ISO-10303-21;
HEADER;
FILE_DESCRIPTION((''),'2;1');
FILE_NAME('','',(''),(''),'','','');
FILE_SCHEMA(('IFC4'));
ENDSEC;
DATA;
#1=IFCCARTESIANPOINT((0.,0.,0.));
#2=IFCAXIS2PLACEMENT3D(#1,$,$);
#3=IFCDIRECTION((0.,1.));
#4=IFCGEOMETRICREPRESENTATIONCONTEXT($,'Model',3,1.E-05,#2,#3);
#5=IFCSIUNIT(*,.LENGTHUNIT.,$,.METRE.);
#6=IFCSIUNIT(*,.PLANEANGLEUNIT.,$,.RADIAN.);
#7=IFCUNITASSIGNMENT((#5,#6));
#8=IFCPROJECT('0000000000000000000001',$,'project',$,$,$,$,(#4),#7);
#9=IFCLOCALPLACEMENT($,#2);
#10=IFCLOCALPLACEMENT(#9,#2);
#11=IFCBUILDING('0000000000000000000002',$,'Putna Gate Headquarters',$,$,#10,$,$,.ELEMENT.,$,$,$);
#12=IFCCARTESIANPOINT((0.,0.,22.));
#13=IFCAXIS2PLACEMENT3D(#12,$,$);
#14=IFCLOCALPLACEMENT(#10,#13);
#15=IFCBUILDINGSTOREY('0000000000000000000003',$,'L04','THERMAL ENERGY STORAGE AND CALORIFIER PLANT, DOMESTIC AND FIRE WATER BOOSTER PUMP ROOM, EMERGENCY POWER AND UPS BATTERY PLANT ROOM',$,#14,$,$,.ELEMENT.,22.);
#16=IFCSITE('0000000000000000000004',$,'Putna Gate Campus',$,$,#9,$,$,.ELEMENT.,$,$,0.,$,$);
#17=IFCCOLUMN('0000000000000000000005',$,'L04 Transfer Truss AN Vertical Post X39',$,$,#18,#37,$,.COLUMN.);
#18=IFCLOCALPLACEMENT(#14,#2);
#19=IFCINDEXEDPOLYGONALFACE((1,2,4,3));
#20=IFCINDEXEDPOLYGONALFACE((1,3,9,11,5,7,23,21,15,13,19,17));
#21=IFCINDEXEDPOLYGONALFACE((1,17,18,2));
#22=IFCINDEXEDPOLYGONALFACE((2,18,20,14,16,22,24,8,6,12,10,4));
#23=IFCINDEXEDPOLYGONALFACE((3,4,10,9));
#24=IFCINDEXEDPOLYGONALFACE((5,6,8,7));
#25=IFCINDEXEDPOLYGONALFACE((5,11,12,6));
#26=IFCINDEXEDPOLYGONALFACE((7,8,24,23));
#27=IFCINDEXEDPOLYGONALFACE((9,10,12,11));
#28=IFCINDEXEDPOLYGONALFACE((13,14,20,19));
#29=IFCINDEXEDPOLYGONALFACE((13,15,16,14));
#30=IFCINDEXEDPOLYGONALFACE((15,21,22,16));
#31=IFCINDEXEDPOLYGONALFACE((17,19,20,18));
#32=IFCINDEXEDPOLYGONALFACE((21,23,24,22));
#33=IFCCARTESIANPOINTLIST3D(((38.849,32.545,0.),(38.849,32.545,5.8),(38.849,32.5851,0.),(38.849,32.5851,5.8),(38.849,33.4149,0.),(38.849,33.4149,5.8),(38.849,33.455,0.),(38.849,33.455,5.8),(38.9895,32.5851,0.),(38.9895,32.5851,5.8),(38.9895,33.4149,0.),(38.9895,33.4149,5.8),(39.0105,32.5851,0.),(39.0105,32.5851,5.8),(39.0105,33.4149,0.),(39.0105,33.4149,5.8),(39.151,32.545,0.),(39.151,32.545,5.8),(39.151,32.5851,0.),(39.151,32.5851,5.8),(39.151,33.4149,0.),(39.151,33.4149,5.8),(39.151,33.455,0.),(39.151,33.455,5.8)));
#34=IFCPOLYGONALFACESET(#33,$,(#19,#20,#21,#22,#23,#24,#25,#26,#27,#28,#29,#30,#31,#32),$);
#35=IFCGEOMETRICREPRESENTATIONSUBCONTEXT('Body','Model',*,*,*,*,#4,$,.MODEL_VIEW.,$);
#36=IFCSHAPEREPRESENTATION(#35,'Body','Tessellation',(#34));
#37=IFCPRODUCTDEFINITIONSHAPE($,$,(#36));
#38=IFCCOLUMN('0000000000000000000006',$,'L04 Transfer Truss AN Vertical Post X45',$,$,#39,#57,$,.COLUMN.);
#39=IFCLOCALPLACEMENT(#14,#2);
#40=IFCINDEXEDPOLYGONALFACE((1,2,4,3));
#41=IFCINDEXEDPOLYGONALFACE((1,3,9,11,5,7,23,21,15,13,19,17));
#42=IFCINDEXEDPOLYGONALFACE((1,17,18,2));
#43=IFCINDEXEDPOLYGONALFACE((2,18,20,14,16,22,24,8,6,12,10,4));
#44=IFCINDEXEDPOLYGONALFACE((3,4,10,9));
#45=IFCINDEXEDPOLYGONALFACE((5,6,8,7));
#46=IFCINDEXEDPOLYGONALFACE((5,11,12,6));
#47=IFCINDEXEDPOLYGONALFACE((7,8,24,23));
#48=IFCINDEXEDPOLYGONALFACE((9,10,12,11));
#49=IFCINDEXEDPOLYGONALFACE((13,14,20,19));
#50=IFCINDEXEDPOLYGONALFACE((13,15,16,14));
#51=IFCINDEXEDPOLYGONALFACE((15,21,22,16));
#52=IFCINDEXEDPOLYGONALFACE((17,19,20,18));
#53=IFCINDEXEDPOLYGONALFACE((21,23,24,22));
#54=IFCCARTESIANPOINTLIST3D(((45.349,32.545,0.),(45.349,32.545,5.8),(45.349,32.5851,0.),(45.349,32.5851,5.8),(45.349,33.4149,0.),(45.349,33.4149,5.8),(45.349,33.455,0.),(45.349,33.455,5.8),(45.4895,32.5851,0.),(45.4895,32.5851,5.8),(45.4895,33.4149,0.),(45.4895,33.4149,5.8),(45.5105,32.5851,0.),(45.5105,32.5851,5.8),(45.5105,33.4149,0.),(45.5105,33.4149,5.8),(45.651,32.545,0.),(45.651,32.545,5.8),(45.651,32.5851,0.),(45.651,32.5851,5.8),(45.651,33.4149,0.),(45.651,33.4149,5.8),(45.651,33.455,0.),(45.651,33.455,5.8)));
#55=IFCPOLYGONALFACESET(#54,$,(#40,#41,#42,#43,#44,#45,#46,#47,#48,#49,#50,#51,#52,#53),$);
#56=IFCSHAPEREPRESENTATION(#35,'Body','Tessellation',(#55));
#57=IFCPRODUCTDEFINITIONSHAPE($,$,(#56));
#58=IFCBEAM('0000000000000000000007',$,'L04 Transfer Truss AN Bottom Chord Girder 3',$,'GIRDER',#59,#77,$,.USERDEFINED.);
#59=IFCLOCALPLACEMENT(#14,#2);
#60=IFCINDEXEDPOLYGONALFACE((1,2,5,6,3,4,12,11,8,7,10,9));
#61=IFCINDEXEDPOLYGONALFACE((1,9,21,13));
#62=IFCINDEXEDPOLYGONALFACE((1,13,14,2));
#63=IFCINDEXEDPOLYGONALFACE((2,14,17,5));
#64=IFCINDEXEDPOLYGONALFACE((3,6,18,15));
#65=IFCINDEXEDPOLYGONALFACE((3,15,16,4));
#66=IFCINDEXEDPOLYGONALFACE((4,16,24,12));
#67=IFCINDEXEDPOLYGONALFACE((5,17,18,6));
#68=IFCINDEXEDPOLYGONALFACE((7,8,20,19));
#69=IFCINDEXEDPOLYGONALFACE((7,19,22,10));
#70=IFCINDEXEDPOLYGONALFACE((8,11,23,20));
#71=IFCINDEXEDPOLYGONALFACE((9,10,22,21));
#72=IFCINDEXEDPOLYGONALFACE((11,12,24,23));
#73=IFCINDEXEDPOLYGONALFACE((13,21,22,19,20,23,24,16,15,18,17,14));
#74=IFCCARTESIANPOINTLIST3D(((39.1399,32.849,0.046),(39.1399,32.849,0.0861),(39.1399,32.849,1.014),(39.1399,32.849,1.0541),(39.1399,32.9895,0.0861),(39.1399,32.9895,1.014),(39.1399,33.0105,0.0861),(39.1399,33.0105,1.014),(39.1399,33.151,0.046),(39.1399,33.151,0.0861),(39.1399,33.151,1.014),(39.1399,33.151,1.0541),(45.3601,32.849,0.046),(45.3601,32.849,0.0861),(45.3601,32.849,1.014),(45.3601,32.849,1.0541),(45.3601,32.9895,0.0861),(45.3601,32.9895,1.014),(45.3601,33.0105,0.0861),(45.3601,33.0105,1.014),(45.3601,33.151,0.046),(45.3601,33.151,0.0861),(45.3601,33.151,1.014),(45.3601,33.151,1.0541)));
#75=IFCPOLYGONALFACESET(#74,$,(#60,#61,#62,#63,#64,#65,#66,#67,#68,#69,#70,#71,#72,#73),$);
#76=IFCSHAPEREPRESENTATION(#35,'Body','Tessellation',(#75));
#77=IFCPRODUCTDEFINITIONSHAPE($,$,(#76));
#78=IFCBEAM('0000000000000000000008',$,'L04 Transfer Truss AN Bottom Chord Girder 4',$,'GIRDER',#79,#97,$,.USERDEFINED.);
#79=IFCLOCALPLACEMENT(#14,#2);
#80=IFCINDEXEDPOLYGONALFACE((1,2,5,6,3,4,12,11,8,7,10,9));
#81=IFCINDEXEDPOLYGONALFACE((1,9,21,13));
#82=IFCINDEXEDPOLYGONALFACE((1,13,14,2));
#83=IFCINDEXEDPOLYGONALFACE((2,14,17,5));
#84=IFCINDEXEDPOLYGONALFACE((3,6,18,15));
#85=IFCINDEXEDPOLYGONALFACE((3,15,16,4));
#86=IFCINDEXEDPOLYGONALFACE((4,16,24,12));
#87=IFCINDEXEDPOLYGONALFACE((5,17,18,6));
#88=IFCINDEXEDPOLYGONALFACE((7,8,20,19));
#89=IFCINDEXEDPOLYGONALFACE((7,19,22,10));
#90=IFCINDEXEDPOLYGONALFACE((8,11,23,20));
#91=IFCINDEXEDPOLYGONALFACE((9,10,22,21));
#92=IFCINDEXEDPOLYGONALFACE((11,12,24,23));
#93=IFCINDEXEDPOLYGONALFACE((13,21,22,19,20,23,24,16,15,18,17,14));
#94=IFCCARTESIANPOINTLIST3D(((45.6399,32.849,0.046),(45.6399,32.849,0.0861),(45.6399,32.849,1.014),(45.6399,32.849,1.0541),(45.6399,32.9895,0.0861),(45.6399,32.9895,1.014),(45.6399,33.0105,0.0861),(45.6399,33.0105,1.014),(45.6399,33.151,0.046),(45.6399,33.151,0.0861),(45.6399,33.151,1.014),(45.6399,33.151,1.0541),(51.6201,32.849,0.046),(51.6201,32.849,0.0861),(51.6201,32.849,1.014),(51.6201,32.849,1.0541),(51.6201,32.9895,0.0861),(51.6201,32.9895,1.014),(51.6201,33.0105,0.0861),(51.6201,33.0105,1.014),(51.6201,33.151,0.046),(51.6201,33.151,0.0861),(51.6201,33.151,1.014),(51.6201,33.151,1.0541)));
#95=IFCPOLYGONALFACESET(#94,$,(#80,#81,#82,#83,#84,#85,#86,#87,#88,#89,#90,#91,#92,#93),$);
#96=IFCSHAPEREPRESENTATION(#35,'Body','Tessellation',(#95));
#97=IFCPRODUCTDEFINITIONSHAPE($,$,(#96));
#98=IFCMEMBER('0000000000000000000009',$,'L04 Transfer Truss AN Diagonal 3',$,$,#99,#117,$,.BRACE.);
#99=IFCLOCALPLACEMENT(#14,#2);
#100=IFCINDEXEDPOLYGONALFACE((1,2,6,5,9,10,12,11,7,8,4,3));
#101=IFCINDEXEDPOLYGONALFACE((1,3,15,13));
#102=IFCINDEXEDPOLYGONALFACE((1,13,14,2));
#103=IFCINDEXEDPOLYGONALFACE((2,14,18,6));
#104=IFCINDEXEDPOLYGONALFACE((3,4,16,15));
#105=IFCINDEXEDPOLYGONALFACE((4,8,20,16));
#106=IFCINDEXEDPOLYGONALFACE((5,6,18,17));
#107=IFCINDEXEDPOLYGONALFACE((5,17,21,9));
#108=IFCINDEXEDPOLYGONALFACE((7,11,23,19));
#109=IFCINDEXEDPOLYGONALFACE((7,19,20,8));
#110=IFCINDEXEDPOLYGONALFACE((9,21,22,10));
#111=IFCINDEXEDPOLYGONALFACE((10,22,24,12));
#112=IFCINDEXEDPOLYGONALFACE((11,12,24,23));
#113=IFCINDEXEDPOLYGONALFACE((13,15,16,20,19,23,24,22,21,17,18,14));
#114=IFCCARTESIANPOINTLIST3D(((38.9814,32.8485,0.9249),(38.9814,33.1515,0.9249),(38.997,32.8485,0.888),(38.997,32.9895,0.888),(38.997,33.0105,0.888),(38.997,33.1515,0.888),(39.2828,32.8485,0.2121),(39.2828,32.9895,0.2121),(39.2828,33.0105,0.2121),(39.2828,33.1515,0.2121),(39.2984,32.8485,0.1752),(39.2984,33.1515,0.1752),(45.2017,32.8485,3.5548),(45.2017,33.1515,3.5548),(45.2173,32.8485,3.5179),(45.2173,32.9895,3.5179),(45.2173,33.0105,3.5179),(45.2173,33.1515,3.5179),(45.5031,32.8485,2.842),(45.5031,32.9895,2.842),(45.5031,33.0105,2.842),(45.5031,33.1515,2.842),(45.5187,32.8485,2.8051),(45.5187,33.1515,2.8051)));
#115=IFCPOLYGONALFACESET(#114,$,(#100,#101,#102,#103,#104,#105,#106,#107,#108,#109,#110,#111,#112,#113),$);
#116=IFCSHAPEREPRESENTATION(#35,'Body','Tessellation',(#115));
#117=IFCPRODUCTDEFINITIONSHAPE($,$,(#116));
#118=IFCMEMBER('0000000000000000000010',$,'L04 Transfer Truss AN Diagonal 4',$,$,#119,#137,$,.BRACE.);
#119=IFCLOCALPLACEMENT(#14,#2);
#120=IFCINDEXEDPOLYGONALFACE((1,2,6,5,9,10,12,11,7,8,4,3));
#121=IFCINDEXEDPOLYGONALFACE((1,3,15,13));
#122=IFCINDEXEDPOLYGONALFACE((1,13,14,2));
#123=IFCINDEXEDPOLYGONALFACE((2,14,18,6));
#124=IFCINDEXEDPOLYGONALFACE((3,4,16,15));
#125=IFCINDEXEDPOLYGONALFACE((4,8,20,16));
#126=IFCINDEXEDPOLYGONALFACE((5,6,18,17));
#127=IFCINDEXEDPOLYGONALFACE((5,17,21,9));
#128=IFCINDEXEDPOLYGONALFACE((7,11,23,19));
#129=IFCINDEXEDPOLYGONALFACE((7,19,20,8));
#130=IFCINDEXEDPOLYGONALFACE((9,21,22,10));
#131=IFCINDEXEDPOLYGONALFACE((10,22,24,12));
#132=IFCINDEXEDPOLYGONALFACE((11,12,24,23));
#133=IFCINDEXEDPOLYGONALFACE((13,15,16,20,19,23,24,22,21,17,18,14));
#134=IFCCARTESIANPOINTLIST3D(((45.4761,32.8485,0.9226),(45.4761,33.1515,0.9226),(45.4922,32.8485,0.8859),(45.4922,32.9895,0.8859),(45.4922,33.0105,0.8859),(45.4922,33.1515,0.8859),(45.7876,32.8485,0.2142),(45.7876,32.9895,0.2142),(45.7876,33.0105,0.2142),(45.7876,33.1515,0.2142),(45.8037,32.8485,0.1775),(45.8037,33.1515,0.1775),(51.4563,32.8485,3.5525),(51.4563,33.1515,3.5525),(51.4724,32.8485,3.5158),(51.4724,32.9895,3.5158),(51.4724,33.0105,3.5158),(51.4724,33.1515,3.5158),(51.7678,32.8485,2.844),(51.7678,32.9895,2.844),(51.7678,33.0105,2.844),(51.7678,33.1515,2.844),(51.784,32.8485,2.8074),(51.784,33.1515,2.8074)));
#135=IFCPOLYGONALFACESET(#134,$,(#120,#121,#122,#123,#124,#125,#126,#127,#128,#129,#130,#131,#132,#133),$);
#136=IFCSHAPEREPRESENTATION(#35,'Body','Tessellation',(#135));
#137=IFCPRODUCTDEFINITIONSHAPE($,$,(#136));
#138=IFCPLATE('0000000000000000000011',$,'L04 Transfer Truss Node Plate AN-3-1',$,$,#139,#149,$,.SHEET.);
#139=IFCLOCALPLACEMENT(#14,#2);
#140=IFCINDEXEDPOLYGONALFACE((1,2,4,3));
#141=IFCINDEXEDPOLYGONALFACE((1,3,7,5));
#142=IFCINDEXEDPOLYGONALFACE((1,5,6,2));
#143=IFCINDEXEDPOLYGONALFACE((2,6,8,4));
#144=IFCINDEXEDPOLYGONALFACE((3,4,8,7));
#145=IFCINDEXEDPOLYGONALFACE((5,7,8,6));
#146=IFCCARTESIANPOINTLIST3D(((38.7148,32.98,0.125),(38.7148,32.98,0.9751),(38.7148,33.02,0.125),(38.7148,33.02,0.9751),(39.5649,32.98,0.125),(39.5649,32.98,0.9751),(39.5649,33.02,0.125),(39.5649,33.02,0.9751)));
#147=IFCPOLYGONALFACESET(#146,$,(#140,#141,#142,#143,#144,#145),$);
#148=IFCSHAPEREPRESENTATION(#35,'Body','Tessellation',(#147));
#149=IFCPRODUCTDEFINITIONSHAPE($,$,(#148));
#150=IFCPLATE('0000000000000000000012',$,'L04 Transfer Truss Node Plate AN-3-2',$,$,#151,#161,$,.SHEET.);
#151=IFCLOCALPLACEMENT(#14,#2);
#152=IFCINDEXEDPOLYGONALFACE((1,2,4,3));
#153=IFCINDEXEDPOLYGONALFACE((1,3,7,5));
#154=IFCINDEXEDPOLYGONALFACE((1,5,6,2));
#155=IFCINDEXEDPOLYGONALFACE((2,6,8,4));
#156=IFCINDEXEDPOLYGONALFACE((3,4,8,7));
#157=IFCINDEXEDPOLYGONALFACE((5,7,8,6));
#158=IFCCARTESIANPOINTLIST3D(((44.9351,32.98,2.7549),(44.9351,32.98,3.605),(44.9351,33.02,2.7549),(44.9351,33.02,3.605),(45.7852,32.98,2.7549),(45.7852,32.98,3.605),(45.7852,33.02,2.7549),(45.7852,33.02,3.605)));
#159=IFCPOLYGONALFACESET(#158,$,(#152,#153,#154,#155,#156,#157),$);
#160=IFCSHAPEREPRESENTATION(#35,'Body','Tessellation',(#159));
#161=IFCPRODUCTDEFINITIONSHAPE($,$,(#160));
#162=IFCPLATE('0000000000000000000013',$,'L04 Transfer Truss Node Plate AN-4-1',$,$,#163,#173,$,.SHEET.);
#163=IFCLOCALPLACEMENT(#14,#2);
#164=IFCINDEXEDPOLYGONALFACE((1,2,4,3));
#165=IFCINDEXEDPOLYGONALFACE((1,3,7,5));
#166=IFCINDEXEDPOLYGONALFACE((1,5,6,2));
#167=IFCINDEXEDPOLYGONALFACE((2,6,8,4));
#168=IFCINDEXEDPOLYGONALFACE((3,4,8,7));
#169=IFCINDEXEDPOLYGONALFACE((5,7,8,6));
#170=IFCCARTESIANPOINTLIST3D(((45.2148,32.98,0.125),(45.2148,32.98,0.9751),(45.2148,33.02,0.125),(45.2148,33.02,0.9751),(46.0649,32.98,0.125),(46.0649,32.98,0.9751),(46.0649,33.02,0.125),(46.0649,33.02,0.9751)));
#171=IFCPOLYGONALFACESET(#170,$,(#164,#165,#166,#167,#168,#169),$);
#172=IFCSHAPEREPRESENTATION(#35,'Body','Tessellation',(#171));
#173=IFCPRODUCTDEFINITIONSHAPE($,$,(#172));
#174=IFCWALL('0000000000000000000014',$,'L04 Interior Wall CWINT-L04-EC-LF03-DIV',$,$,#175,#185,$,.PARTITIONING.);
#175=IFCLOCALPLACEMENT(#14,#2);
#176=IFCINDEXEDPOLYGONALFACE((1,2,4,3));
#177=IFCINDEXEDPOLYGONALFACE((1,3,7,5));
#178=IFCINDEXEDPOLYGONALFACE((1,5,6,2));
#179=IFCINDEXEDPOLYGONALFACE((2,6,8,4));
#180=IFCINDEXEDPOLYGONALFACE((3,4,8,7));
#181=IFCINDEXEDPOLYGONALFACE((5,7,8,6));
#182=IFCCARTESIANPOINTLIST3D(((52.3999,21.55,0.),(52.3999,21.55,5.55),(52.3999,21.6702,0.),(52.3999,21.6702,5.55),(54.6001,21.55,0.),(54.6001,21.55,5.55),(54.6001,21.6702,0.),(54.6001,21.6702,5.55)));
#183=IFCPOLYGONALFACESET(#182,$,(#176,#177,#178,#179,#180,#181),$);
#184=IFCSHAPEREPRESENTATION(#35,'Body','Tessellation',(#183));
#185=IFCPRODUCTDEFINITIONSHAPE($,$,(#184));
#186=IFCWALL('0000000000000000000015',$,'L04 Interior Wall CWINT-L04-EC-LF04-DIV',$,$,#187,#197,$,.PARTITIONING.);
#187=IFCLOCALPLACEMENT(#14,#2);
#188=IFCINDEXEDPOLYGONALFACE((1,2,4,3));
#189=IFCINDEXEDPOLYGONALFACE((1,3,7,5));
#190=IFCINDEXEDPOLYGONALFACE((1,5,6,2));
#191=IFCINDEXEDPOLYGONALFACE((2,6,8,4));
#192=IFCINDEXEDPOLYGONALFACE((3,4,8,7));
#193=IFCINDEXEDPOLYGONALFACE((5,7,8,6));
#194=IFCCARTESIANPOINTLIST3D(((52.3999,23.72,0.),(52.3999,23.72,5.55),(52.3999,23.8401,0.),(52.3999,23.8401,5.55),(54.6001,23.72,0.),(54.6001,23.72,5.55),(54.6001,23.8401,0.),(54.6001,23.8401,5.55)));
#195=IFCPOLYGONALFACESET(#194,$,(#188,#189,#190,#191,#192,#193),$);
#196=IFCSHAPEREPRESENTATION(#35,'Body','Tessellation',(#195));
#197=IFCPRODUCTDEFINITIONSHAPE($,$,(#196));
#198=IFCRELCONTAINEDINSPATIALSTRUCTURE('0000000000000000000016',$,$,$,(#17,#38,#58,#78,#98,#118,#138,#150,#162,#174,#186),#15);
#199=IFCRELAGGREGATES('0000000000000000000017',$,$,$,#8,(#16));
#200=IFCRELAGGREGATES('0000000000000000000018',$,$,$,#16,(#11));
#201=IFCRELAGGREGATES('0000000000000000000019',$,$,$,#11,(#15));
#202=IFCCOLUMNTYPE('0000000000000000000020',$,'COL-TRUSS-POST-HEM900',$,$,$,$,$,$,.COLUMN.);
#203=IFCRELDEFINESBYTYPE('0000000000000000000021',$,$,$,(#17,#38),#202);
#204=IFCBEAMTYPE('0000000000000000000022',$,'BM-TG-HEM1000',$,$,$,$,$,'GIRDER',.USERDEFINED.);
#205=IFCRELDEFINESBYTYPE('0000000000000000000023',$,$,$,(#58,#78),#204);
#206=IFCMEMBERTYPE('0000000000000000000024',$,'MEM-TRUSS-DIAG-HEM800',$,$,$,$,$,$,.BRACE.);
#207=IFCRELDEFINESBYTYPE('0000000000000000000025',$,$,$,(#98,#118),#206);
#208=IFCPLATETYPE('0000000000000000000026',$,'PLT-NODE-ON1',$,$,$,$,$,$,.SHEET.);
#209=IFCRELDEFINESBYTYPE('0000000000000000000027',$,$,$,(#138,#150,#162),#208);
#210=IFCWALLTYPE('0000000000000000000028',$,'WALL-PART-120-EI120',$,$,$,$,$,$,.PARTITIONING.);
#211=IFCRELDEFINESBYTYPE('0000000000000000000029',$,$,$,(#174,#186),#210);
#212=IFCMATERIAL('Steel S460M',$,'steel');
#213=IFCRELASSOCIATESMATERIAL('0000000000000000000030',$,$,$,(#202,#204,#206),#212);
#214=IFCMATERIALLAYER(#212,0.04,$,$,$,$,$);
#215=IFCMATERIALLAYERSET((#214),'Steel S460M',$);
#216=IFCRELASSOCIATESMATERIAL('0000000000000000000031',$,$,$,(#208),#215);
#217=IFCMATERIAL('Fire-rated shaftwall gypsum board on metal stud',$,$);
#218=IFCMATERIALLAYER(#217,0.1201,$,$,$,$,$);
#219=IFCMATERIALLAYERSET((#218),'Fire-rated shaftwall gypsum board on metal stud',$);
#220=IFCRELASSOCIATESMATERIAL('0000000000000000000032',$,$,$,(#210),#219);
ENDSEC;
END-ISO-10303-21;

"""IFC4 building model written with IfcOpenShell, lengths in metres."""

from ifc_helpers import new_model, si_unit, direction, frame, frame_2d, origin, origin_2d, place, context, subcontext, project, spatial, rectangle, i_section, extrude, material, layer, layer_set, material_profile, profile_set, type_object, element, save


model = new_model("IFC4")

# Units and contexts
model_context = context("Model", 3, precision=1e-05, world=origin(), true_north=direction((0.0, 1.0)))
body_context = subcontext(model_context, "Body", "Model", "MODEL_VIEW")
ifc_project = project(units=[si_unit("LENGTHUNIT", "METRE"), si_unit("PLANEANGLEUNIT", "RADIAN")], contexts=[model_context])

# Site, building, storey
site_placement = place(None, origin())
site = spatial("IfcSite", under=ifc_project, at=site_placement, Name="Putna Gate Campus", CompositionType="ELEMENT", RefElevation=0.0)
building_placement = place(site_placement, origin())
building = spatial("IfcBuilding", under=site, at=building_placement, Name="Putna Gate Headquarters", CompositionType="ELEMENT")
storey_placement = place(building_placement, frame((0.0, 0.0, 22.0)))
storey = spatial("IfcBuildingStorey", under=building, at=storey_placement, Name="L04", Description="THERMAL ENERGY STORAGE AND CALORIFIER PLANT, DOMESTIC AND FIRE WATER BOOSTER PUMP ROOM, EMERGENCY POWER AND UPS BATTERY PLANT ROOM", CompositionType="ELEMENT", Elevation=22.0)

# Columns
ifc_material_1 = material(Name="Steel S460M", Category="steel")
ifc_material_profile_1 = material_profile(ifc_material_1, i_section(OverallWidth=0.302, OverallDepth=0.9099, WebThickness=0.021, FlangeThickness=0.04, at=origin_2d()), Name="Steel S460M")
ifc_profile_set_1 = profile_set([ifc_material_profile_1], Name="Steel S460M")
column_type = type_object("IfcColumnType", Name="COL-TRUSS-POST-HEM900", PredefinedType="COLUMN", material=ifc_profile_set_1)
for number, where, z_axis, x_axis, name in (
    (1, (39.0, 33.0, 0.0), (0.0, 0.0, 1.0), (1.0, 0.0, 0.0), "L04 Transfer Truss AN Vertical Post X39"),
    (2, (45.5, 33.0, 0.0), (0.0, 0.0, 1.0), (1.0, 0.0, 0.0), "L04 Transfer Truss AN Vertical Post X45"),
):
    element("IfcColumn", number, at=place(storey_placement, frame(where, z_axis=z_axis, x_axis=x_axis)), inside=storey, type_object=column_type, Name=name, PredefinedType="COLUMN", context=body_context, shape_type="SweptSolid", body=[
        extrude(i_section(OverallWidth=0.302, OverallDepth=0.9099, WebThickness=0.021, FlangeThickness=0.04, at=origin_2d()), origin(), (0.0, 0.0, 1.0), 5.8),
    ])

# Beams
ifc_material_profile_2 = material_profile(ifc_material_1, i_section(OverallWidth=0.302, OverallDepth=1.0081, WebThickness=0.021, FlangeThickness=0.04, at=origin_2d()), Name="Steel S460M")
ifc_profile_set_2 = profile_set([ifc_material_profile_2], Name="Steel S460M")
beam_type = type_object("IfcBeamType", Name="BM-TG-HEM1000", ElementType="GIRDER", PredefinedType="USERDEFINED", material=ifc_profile_set_2)
beam_1_placement = place(storey_placement, frame((39.1399, 33.0, 0.55), z_axis=(1.0, 0.0, 0.0), x_axis=(0.0, 1.0, 0.0)))
element("IfcBeam", 3, at=beam_1_placement, inside=storey, type_object=beam_type, Name="L04 Transfer Truss AN Bottom Chord Girder 3", ObjectType="GIRDER", PredefinedType="USERDEFINED", context=body_context, shape_type="SweptSolid", body=[
    extrude(i_section(OverallWidth=0.302, OverallDepth=1.0081, WebThickness=0.021, FlangeThickness=0.04, at=origin_2d()), origin(), (0.0, 0.0, 1.0), 6.2202),
])
beam_2_placement = place(storey_placement, frame((45.6399, 33.0, 0.55), z_axis=(1.0, 0.0, 0.0), x_axis=(0.0, 1.0, 0.0)))
element("IfcBeam", 4, at=beam_2_placement, inside=storey, type_object=beam_type, Name="L04 Transfer Truss AN Bottom Chord Girder 4", ObjectType="GIRDER", PredefinedType="USERDEFINED", context=body_context, shape_type="SweptSolid", body=[
    extrude(i_section(OverallWidth=0.302, OverallDepth=1.0081, WebThickness=0.021, FlangeThickness=0.04, at=origin_2d()), origin(), (0.0, 0.0, 1.0), 5.9802),
])

# Members
ifc_material_profile_3 = material_profile(ifc_material_1, i_section(OverallWidth=0.303, OverallDepth=0.814, WebThickness=0.021, FlangeThickness=0.04, at=origin_2d()), Name="Steel S460M")
ifc_profile_set_3 = profile_set([ifc_material_profile_3], Name="Steel S460M")
member_type = type_object("IfcMemberType", Name="MEM-TRUSS-DIAG-HEM800", PredefinedType="BRACE", material=ifc_profile_set_3)
member_1_placement = place(storey_placement, frame((39.1399, 33.0, 0.55), z_axis=(0.92106, 0.0, 0.389421), x_axis=(0.0, 1.0, 0.0)))
element("IfcMember", 5, at=member_1_placement, inside=storey, type_object=member_type, Name="L04 Transfer Truss AN Diagonal 3", PredefinedType="BRACE", context=body_context, shape_type="SweptSolid", body=[
    extrude(i_section(OverallWidth=0.303, OverallDepth=0.814, WebThickness=0.021, FlangeThickness=0.04, at=origin_2d()), origin(), (0.0, 0.0, 1.0), 6.7534),
])
member_2_placement = place(storey_placement, frame((45.6399, 33.0, 0.55), z_axis=(0.915395, 0.0, 0.402557), x_axis=(0.0, 1.0, 0.0)))
element("IfcMember", 6, at=member_2_placement, inside=storey, type_object=member_type, Name="L04 Transfer Truss AN Diagonal 4", PredefinedType="BRACE", context=body_context, shape_type="SweptSolid", body=[
    extrude(i_section(OverallWidth=0.303, OverallDepth=0.814, WebThickness=0.021, FlangeThickness=0.04, at=origin_2d()), origin(), (0.0, 0.0, 1.0), 6.533),
])

# Plates
ifc_layer_1 = layer(ifc_material_1, 0.04)
ifc_layer_set_1 = layer_set([ifc_layer_1], Name="Steel S460M")
plate_type = type_object("IfcPlateType", Name="PLT-NODE-ON1", PredefinedType="SHEET", material=ifc_layer_set_1)
for number, where, z_axis, x_axis, name in (
    (7, (39.1399, 33.0, 0.125), (0.0, 0.0, 1.0), (1.0, 0.0, 0.0), "L04 Transfer Truss Node Plate AN-3-1"),
    (8, (45.3601, 33.0, 2.7549), (0.0, 0.0, 1.0), (1.0, 0.0, 0.0), "L04 Transfer Truss Node Plate AN-3-2"),
    (9, (45.6399, 33.0, 0.125), (0.0, 0.0, 1.0), (1.0, 0.0, 0.0), "L04 Transfer Truss Node Plate AN-4-1"),
):
    element("IfcPlate", number, at=place(storey_placement, frame(where, z_axis=z_axis, x_axis=x_axis)), inside=storey, type_object=plate_type, Name=name, PredefinedType="SHEET", context=body_context, shape_type="SweptSolid", body=[
        extrude(rectangle(XDim=0.8501, YDim=0.04, at=origin_2d()), origin(), (0.0, 0.0, 1.0), 0.8501),
    ])

# Walls
ifc_material_2 = material(Name="Fire-rated shaftwall gypsum board on metal stud")
ifc_layer_2 = layer(ifc_material_2, 0.1201)
ifc_layer_set_2 = layer_set([ifc_layer_2], Name="Fire-rated shaftwall gypsum board on metal stud")
wall_type_1 = type_object("IfcWallType", Name="WALL-PART-120-EI120", PredefinedType="PARTITIONING", material=ifc_layer_set_2)
for number, where, z_axis, x_axis, name in (
    (10, (52.3999, 21.6101, 0.0), (0.0, 0.0, 1.0), (1.0, 0.0, 0.0), "L04 Interior Wall CWINT-L04-EC-LF03-DIV"),
    (11, (52.3999, 23.78, 0.0), (0.0, 0.0, 1.0), (1.0, 0.0, 0.0), "L04 Interior Wall CWINT-L04-EC-LF04-DIV"),
):
    element("IfcWall", number, at=place(storey_placement, frame(where, z_axis=z_axis, x_axis=x_axis)), inside=storey, type_object=wall_type_1, Name=name, PredefinedType="PARTITIONING", context=body_context, shape_type="SweptSolid", body=[
        extrude(rectangle(XDim=2.2002, YDim=0.1201, at=frame_2d((1.1001, 0.0))), origin(), (0.0, 0.0, 1.0), 5.55),
    ])

save(model, "model.ifc")
